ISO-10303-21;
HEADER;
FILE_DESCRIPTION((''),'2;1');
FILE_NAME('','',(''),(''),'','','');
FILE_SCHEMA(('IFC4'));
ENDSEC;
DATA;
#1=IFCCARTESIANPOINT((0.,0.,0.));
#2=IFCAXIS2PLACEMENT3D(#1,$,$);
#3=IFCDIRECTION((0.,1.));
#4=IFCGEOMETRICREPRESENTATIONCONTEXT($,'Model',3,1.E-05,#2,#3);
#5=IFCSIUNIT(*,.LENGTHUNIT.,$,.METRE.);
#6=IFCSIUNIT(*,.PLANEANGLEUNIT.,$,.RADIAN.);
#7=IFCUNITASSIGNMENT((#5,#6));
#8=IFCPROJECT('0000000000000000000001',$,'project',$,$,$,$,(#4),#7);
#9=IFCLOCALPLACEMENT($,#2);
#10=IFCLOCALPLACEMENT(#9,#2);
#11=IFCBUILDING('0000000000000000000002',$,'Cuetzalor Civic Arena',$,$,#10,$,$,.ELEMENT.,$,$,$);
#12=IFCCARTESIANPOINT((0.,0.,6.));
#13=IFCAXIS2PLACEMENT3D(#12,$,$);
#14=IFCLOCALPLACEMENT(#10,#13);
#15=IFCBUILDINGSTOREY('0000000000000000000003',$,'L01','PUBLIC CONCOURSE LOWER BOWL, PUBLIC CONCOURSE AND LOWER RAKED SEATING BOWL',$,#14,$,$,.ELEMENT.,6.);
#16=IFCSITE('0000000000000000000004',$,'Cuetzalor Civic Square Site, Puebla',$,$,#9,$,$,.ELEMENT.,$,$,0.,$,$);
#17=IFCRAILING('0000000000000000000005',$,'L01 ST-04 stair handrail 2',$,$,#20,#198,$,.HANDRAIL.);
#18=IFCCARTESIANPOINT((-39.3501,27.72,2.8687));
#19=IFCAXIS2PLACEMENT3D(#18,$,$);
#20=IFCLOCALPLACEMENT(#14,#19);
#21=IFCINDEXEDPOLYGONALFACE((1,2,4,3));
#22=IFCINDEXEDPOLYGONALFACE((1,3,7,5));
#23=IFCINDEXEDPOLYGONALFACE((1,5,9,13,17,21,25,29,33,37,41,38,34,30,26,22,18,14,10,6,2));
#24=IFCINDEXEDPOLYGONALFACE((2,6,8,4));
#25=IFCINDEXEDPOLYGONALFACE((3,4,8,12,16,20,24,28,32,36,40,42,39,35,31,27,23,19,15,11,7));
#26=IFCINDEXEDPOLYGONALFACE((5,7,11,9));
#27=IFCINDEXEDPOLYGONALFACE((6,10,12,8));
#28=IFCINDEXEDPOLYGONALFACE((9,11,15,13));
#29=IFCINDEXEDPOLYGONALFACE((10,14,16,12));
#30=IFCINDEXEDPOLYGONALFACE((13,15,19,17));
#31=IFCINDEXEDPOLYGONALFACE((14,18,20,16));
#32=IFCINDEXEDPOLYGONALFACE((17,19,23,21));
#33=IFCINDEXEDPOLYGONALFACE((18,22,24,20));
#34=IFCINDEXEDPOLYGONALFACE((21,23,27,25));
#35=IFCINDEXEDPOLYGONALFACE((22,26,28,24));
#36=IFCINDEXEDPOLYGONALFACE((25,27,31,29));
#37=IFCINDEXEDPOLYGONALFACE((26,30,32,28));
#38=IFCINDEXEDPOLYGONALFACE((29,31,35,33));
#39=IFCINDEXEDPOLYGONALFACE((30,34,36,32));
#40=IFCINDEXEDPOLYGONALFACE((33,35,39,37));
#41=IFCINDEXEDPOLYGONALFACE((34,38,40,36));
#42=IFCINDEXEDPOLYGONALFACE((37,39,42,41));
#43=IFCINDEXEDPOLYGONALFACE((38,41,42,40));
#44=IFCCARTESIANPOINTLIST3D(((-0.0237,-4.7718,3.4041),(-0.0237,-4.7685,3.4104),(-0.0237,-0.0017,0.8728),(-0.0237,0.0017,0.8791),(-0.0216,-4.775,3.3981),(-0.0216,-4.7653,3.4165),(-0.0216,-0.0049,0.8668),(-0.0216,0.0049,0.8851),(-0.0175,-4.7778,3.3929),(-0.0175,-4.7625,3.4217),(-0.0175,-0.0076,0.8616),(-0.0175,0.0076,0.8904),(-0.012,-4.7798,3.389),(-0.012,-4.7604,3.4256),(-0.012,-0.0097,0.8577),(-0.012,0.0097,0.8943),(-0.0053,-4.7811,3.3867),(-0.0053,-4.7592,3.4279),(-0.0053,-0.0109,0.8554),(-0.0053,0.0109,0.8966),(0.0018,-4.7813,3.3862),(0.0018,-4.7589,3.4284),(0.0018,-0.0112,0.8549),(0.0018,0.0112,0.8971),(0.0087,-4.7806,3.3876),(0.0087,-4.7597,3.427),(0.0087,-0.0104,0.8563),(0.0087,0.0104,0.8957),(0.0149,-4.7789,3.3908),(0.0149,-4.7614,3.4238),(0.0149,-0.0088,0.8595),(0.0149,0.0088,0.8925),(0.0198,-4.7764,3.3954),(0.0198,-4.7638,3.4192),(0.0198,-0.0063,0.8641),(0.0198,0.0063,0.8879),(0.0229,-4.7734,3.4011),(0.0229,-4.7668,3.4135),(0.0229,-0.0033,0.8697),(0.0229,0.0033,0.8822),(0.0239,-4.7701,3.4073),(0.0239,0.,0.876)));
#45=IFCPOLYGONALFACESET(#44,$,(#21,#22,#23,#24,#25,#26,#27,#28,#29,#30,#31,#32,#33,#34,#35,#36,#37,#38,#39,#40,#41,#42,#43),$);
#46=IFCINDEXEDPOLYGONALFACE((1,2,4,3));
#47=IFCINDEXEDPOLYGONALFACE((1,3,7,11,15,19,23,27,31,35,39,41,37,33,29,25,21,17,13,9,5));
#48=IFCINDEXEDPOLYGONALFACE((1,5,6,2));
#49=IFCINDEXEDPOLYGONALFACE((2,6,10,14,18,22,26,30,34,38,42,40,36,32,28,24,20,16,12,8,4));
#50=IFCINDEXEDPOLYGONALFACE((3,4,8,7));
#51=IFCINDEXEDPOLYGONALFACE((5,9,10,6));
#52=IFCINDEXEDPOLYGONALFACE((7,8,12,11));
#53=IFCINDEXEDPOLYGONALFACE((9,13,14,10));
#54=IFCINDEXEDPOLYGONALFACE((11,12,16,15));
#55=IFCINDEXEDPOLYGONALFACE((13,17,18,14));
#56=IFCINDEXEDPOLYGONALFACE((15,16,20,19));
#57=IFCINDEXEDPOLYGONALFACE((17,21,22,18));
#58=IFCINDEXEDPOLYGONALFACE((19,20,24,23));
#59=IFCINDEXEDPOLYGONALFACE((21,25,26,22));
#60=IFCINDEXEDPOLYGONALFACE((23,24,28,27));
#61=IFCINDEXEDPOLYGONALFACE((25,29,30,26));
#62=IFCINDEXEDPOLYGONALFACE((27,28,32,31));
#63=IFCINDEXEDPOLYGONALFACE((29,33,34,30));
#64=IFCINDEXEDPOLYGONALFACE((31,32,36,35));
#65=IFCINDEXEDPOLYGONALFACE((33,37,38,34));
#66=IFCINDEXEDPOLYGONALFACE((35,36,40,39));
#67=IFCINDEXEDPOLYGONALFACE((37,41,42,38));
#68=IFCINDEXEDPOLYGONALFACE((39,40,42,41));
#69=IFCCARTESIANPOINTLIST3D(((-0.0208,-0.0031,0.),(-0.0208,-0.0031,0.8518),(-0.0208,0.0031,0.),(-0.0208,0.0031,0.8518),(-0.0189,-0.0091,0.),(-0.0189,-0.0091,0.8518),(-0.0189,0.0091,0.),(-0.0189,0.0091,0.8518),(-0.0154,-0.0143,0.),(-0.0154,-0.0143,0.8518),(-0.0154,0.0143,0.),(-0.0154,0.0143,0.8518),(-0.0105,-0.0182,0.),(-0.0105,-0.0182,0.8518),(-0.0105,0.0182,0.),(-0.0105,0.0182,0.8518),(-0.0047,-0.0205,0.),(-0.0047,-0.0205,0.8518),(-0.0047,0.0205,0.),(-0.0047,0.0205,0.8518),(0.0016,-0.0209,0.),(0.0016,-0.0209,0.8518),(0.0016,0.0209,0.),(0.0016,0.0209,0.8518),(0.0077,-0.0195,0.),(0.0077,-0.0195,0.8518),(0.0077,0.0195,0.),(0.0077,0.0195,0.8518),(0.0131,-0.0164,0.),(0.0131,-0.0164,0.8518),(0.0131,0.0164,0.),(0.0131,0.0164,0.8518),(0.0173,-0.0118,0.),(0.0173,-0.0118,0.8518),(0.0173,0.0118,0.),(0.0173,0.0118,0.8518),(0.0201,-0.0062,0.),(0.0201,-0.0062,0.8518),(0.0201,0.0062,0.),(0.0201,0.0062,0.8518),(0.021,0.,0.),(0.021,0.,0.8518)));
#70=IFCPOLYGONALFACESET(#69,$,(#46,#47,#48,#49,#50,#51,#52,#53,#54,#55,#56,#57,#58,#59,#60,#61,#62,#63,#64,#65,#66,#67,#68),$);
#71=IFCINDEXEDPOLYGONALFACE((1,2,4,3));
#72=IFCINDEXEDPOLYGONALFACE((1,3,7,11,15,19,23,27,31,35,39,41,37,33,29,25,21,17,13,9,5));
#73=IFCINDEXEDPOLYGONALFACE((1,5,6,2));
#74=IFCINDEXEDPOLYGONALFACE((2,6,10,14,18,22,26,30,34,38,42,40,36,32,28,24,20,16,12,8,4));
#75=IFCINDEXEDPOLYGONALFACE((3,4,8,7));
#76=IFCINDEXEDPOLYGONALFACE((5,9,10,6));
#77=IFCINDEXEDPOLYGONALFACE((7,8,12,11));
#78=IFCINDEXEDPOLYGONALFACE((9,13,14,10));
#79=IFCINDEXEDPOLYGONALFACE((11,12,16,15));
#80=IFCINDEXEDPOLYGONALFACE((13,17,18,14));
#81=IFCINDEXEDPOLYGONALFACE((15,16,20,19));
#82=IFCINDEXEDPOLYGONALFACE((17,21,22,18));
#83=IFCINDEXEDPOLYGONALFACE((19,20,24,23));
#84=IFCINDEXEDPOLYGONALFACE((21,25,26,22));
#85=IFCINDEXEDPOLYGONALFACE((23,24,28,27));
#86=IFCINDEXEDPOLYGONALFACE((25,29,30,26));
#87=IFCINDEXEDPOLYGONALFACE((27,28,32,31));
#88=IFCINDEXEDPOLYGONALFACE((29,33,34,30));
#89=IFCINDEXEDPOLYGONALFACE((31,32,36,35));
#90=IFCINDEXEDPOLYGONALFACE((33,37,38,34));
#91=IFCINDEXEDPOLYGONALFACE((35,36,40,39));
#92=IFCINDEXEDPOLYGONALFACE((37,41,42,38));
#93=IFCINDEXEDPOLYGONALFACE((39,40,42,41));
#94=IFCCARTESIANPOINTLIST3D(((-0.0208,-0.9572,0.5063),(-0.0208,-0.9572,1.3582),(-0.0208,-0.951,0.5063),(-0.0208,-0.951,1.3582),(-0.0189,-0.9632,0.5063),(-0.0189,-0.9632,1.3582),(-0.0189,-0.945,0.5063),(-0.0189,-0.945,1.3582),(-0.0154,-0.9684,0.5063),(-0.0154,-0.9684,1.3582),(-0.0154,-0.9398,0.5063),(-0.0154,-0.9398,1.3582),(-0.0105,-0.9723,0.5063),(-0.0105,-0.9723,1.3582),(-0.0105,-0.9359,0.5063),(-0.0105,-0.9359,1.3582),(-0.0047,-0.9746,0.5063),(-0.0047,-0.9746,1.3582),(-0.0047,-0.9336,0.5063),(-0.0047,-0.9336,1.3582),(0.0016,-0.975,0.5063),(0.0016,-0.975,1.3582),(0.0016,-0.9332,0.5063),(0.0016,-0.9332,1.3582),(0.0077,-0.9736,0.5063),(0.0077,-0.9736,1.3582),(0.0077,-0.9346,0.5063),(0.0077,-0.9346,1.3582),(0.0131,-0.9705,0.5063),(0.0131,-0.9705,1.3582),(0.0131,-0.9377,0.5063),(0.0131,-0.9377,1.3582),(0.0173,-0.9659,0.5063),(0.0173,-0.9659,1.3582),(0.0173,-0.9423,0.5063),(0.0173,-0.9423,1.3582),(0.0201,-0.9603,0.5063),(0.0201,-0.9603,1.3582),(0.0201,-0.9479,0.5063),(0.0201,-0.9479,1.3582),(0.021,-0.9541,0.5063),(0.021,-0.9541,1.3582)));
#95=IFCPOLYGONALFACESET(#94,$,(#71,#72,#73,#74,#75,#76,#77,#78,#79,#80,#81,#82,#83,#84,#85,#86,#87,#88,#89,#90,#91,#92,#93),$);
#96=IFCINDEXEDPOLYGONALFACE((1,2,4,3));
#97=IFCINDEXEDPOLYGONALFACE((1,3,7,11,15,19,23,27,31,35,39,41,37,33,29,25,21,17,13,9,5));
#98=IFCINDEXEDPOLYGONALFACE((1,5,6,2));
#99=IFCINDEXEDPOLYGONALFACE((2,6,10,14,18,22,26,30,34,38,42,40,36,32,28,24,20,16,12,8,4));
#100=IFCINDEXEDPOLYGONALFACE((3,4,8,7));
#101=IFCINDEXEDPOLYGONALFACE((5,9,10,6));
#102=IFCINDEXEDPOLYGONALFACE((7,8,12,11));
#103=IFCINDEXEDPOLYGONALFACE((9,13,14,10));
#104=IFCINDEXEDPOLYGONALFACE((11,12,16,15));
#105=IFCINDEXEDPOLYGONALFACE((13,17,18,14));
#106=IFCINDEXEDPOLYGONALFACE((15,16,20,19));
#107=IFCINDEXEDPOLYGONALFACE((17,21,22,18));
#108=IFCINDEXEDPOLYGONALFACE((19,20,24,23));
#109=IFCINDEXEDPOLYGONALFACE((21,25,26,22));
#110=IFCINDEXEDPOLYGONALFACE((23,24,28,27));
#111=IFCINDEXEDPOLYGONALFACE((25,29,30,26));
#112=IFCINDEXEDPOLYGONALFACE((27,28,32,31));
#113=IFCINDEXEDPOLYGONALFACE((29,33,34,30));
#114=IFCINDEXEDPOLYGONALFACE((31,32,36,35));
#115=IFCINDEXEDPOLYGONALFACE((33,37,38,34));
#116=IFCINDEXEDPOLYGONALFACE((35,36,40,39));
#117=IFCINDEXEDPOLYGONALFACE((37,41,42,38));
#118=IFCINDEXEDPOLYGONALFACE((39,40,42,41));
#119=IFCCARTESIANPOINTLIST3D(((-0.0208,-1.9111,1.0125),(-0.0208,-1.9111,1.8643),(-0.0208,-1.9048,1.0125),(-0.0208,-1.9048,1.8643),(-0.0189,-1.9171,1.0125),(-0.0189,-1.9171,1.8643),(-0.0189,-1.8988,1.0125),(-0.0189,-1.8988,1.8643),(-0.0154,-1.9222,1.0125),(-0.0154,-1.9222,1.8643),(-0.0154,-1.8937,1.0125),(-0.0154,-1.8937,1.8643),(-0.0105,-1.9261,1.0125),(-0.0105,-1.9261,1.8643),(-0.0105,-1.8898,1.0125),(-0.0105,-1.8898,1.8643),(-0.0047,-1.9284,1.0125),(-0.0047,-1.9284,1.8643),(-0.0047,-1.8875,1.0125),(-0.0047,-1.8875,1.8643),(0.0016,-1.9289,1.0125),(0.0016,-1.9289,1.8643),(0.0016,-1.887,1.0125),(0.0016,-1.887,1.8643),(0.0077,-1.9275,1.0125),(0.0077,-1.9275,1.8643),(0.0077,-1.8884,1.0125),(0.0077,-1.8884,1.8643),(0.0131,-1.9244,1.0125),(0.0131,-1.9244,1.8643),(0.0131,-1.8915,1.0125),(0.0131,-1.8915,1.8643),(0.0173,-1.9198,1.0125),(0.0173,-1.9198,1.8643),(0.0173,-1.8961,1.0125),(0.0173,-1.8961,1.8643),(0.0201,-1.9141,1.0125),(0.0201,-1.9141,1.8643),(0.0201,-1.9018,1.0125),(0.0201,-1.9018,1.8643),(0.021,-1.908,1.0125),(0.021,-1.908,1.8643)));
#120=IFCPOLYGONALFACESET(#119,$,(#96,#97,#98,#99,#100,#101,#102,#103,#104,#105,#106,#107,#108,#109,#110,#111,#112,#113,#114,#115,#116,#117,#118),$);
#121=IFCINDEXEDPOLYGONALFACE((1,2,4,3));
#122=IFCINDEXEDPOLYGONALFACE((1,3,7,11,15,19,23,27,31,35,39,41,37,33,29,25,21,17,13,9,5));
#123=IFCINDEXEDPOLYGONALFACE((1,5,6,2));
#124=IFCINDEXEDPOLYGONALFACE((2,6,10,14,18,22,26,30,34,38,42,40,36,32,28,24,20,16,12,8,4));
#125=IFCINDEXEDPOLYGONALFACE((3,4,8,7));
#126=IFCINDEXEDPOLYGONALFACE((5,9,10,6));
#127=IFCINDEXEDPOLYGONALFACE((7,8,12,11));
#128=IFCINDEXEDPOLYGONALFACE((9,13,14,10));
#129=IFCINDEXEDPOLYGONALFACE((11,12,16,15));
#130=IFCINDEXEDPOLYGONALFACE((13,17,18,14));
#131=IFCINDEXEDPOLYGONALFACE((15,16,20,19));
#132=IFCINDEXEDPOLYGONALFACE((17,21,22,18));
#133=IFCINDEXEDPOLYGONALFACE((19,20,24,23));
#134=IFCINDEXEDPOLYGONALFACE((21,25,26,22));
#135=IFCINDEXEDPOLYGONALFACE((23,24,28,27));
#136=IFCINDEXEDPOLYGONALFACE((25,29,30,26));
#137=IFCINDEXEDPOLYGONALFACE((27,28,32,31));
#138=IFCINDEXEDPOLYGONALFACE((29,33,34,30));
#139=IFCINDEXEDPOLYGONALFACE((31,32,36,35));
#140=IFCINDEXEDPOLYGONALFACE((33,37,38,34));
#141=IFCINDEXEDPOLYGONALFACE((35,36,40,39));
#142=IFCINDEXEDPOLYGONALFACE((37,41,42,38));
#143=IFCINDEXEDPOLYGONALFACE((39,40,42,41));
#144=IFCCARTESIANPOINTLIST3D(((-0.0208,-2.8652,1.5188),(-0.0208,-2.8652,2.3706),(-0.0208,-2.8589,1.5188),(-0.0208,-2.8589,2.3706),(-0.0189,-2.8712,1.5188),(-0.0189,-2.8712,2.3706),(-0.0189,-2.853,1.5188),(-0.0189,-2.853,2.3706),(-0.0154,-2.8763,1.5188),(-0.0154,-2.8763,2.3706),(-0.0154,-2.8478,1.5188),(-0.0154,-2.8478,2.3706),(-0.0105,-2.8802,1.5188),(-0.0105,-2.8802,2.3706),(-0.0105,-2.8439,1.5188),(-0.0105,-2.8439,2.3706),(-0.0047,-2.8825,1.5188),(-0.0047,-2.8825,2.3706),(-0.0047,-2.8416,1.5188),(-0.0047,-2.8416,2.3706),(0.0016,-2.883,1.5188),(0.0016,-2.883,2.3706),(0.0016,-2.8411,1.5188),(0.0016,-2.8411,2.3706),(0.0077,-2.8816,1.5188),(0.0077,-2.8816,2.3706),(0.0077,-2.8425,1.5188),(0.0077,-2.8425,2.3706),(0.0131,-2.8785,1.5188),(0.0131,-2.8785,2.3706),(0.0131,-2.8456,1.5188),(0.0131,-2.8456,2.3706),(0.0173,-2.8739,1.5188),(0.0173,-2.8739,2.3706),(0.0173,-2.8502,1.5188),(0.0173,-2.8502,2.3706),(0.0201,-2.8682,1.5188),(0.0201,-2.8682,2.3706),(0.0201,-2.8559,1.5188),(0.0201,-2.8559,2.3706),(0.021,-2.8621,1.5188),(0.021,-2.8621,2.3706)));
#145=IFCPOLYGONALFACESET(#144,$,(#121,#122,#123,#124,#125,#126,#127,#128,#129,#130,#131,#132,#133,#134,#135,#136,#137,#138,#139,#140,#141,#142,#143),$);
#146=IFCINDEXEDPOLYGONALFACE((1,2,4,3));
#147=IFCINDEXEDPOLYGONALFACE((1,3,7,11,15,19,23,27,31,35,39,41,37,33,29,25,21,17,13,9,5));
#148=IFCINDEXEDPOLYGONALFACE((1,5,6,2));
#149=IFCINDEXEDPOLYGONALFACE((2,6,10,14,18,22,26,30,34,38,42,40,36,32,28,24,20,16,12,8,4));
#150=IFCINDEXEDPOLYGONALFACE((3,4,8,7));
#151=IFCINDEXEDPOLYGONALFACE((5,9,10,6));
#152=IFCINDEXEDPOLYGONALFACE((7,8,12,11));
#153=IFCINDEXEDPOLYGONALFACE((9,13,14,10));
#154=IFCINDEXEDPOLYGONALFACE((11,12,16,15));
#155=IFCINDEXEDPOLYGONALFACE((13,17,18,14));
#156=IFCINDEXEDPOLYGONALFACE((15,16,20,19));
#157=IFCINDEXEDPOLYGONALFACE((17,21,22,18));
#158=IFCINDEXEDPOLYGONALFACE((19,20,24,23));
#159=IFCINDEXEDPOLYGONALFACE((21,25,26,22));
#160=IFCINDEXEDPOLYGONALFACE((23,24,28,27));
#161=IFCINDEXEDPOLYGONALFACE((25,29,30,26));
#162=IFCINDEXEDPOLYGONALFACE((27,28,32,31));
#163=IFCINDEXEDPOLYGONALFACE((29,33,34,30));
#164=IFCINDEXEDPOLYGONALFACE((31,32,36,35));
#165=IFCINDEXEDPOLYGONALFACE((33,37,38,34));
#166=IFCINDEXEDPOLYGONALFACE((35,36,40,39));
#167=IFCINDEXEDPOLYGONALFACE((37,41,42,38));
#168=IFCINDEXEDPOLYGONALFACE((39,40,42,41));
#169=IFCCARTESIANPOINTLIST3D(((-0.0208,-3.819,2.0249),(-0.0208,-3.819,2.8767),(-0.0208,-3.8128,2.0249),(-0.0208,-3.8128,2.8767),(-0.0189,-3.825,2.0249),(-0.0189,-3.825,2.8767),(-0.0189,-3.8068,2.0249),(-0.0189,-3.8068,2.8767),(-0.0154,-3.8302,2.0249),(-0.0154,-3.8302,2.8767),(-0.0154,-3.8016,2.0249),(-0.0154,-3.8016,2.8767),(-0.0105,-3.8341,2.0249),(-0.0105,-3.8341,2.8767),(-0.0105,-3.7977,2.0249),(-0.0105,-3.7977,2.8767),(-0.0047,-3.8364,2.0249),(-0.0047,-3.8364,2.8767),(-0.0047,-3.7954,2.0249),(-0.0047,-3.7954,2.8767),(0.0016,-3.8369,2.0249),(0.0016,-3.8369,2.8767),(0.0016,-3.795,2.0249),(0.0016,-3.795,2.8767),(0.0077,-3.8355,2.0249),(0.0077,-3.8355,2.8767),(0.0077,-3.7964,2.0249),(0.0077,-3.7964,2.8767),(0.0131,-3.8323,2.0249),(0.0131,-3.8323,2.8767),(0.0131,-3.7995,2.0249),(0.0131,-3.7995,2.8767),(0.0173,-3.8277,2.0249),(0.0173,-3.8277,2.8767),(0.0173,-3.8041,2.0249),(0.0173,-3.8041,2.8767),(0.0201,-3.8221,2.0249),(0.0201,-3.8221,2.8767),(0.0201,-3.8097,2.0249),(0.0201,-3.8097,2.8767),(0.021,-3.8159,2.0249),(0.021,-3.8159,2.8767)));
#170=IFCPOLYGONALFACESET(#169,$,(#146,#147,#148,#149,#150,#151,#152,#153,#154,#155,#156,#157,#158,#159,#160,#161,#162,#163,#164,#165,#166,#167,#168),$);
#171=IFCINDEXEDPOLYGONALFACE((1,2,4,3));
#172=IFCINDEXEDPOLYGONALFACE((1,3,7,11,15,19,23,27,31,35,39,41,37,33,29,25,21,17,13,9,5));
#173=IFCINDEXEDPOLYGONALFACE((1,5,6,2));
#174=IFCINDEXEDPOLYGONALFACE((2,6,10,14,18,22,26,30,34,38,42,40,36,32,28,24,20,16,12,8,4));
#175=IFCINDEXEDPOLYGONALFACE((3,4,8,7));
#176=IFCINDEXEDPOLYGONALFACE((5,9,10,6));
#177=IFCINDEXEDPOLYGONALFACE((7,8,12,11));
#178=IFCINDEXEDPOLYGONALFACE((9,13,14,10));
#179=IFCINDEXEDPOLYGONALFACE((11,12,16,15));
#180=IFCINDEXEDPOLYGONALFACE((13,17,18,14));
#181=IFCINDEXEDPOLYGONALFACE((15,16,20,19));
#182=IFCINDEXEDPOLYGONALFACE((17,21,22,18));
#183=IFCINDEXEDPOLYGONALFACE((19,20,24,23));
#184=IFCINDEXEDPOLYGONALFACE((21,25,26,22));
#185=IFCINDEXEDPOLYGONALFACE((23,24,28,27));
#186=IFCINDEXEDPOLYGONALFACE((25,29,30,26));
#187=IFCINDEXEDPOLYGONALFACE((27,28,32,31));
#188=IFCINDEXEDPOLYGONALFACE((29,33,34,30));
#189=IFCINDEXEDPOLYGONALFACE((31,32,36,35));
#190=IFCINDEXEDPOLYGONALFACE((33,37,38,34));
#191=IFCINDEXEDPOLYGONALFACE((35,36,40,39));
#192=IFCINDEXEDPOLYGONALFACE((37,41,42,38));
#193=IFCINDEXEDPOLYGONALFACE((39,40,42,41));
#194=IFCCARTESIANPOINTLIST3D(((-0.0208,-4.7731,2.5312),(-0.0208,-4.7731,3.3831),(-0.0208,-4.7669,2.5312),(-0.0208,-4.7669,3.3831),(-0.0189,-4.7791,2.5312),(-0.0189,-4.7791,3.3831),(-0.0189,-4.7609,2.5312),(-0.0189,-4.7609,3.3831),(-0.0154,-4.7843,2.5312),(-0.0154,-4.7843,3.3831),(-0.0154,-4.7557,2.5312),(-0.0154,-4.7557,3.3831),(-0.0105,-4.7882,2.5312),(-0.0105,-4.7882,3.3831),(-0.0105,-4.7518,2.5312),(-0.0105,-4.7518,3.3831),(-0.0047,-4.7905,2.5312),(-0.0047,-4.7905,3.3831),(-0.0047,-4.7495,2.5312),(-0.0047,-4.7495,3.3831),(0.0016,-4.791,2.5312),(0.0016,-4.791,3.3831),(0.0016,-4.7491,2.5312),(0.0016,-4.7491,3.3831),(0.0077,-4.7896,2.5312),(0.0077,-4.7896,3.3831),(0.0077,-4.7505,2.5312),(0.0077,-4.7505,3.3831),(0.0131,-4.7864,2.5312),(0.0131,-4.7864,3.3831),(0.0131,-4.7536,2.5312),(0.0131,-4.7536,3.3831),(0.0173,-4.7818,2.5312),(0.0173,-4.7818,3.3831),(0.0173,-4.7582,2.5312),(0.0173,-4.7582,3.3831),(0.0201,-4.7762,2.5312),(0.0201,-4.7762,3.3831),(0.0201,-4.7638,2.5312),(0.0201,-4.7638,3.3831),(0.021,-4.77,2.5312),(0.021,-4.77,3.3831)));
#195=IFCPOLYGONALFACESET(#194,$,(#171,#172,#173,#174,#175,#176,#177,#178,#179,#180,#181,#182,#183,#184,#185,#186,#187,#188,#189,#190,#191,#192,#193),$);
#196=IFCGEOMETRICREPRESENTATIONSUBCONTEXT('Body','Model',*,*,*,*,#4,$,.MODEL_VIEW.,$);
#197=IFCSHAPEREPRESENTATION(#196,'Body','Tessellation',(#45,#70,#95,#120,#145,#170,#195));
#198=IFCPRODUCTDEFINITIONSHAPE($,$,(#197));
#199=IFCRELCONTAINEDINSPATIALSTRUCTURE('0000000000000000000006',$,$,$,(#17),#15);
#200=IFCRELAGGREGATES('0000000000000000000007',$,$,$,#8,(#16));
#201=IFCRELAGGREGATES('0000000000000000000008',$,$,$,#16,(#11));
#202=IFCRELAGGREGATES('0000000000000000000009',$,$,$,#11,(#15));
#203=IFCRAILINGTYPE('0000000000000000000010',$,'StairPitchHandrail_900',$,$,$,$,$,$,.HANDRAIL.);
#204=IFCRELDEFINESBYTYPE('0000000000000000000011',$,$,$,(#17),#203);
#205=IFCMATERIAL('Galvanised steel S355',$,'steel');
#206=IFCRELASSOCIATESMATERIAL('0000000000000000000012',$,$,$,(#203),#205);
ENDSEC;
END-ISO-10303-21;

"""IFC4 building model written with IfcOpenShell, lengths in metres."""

from ifc_helpers import new_model, si_unit, direction, frame, origin, origin_2d, place, context, subcontext, project, spatial, circle, extrude, material, type_object, element, save


model = new_model("IFC4")

# Units and contexts
model_context = context("Model", 3, precision=1e-05, world=origin(), true_north=direction((0.0, 1.0)))
body_context = subcontext(model_context, "Body", "Model", "MODEL_VIEW")
ifc_project = project(units=[si_unit("LENGTHUNIT", "METRE"), si_unit("PLANEANGLEUNIT", "RADIAN")], contexts=[model_context])

# Site, building, storey
site_placement = place(None, origin())
site = spatial("IfcSite", under=ifc_project, at=site_placement, Name="Cuetzalor Civic Square Site, Puebla", CompositionType="ELEMENT", RefElevation=0.0)
building_placement = place(site_placement, origin())
building = spatial("IfcBuilding", under=site, at=building_placement, Name="Cuetzalor Civic Arena", CompositionType="ELEMENT")
storey_placement = place(building_placement, frame((0.0, 0.0, 6.0)))
storey = spatial("IfcBuildingStorey", under=building, at=storey_placement, Name="L01", Description="PUBLIC CONCOURSE LOWER BOWL, PUBLIC CONCOURSE AND LOWER RAKED SEATING BOWL", CompositionType="ELEMENT", Elevation=6.0)

# Railing
ifc_material_1 = material(Name="Galvanised steel S355", Category="steel")
railing_type_1 = type_object("IfcRailingType", Name="StairPitchHandrail_900", PredefinedType="HANDRAIL", material=ifc_material_1)
railing_1_placement = place(storey_placement, frame((-39.3501, 27.72, 2.8687)))
element("IfcRailing", 1, at=railing_1_placement, inside=storey, type_object=railing_type_1, Name="L01 ST-04 stair handrail 2", PredefinedType="HANDRAIL", context=body_context, shape_type="SweptSolid", body=[
    extrude(circle(Radius=0.0239, at=origin_2d()), frame((0.0, 0.0, 0.876), z_axis=(0.0, -0.883332, 0.468747), x_axis=(1.0, 0.0, 0.0)), (0.0, 0.0, 1.0), 5.4001),
    extrude(circle(Radius=0.021, at=origin_2d()), origin(), (0.0, 0.0, 1.0), 0.8518),
    extrude(circle(Radius=0.021, at=origin_2d()), frame((0.0, -0.9541, 0.5063)), (0.0, 0.0, 1.0), 0.8518),
    extrude(circle(Radius=0.021, at=origin_2d()), frame((0.0, -1.908, 1.0125)), (0.0, 0.0, 1.0), 0.8518),
    extrude(circle(Radius=0.021, at=origin_2d()), frame((0.0, -2.8621, 1.5188)), (0.0, 0.0, 1.0), 0.8518),
    extrude(circle(Radius=0.021, at=origin_2d()), frame((0.0, -3.8159, 2.0249)), (0.0, 0.0, 1.0), 0.8518),
    extrude(circle(Radius=0.021, at=origin_2d()), frame((0.0, -4.77, 2.5312)), (0.0, 0.0, 1.0), 0.8518),
])

save(model, "model.ifc")
